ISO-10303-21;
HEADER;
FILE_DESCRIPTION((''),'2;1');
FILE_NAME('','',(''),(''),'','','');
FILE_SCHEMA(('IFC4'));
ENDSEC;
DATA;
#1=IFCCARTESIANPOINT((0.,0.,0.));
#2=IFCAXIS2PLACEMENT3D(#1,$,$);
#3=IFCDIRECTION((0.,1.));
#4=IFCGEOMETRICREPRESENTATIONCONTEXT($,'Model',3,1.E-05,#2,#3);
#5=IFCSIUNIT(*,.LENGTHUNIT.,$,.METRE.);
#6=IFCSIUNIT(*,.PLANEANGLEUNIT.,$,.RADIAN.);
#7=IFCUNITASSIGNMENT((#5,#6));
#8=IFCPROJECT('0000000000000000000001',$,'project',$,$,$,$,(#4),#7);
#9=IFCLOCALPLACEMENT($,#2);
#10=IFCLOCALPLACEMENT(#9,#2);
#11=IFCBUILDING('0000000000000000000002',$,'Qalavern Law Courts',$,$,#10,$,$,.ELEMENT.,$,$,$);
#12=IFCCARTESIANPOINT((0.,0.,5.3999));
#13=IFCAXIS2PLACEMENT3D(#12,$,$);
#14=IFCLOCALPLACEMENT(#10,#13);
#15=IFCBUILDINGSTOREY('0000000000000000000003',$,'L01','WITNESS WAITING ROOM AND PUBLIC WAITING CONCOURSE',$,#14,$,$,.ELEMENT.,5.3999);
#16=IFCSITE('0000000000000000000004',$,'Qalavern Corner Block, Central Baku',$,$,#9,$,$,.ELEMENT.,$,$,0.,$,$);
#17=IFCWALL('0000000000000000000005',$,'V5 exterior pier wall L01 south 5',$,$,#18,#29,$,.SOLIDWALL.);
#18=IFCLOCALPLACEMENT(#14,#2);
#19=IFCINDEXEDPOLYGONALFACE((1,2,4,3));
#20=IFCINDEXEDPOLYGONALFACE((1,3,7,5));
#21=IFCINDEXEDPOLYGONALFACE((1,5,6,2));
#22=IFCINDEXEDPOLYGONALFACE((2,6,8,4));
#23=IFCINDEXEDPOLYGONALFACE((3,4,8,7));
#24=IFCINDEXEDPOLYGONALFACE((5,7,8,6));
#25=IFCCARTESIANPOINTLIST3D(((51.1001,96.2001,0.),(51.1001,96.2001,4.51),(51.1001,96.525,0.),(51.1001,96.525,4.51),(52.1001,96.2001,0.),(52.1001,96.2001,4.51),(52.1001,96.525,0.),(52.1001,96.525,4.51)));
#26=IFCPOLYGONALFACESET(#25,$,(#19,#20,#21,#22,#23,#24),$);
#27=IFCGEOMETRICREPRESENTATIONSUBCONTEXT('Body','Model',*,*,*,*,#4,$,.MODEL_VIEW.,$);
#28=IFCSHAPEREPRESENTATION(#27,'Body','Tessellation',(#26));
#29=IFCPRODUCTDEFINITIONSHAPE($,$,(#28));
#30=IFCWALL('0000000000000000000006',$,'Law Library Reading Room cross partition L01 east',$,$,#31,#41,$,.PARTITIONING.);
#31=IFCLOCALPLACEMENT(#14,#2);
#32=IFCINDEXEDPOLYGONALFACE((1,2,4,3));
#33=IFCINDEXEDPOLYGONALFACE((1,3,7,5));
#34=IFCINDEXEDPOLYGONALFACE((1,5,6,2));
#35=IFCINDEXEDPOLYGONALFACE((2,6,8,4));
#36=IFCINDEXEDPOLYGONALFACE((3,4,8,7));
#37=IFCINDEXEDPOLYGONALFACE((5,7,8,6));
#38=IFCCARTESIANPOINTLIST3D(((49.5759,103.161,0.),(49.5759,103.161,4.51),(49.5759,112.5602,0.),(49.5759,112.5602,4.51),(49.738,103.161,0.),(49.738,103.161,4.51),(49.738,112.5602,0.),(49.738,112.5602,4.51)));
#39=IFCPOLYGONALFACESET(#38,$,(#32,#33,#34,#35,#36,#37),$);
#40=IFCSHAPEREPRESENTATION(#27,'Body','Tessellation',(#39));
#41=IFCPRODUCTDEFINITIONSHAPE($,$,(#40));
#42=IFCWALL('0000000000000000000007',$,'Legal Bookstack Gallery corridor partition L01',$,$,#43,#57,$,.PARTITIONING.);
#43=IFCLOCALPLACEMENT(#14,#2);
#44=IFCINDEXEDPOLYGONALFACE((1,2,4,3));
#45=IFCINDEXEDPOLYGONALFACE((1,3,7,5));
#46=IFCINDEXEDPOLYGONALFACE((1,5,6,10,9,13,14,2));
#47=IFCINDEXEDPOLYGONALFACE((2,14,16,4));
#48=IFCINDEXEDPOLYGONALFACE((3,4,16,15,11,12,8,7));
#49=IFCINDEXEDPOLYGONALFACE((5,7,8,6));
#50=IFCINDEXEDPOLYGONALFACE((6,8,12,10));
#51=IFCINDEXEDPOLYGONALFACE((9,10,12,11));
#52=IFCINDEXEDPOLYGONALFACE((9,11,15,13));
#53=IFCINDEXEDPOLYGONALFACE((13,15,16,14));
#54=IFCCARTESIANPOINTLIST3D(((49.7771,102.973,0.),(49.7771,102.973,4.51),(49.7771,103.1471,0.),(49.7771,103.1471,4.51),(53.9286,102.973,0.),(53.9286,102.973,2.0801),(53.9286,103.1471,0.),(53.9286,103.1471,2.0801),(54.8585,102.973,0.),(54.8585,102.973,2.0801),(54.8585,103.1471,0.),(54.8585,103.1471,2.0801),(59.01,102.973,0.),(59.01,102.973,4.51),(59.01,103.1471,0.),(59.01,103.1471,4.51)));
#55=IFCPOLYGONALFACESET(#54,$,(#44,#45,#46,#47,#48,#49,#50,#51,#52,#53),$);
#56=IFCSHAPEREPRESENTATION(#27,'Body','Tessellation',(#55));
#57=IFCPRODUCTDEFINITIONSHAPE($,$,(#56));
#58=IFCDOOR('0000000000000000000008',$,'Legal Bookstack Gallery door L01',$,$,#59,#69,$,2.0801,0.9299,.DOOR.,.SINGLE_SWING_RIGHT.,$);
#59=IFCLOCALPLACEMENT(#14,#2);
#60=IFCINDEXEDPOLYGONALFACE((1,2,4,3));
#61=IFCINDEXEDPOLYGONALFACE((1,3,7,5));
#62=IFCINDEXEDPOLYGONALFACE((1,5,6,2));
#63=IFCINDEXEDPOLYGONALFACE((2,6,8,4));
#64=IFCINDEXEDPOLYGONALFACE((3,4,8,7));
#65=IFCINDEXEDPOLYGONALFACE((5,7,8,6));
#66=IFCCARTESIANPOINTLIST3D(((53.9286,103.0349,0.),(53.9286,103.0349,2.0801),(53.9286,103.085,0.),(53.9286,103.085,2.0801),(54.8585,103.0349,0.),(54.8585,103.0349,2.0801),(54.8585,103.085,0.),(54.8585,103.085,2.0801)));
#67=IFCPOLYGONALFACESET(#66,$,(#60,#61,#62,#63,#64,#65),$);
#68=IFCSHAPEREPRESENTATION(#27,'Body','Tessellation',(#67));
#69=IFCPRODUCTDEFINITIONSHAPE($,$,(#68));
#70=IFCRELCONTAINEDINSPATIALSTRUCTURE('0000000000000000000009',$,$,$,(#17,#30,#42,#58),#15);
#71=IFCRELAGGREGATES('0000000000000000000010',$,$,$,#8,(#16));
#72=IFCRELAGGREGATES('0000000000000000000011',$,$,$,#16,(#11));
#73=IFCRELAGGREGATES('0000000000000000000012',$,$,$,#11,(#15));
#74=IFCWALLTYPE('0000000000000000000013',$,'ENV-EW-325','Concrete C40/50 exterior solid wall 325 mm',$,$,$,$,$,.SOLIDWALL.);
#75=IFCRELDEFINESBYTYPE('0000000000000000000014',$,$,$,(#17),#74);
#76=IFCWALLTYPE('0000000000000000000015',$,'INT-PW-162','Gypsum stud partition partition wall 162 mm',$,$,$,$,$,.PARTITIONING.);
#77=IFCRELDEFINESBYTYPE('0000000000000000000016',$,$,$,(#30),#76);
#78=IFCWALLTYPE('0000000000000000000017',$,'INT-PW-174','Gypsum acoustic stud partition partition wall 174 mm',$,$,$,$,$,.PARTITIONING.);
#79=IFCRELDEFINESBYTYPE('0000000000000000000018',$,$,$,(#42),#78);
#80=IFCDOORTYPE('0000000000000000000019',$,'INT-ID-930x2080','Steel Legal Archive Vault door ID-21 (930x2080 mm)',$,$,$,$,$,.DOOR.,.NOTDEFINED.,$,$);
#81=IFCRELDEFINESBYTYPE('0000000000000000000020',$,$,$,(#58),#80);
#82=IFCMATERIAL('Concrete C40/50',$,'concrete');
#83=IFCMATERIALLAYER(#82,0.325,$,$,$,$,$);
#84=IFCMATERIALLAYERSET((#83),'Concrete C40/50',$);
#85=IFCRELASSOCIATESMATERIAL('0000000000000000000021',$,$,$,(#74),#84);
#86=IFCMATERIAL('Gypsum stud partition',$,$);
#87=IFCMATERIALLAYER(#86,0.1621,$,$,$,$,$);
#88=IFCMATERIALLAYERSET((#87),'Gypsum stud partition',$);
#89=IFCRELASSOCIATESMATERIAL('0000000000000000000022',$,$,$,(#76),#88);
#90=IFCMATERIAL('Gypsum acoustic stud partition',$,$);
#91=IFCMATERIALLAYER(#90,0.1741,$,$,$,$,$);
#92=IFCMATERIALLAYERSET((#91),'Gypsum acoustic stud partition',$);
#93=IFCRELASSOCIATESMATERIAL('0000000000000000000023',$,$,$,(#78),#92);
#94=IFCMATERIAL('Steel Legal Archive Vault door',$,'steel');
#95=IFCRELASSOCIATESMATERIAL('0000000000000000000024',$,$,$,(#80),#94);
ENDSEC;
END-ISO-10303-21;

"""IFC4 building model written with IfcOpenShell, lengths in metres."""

from ifc_helpers import new_model, si_unit, direction, frame, frame_2d, origin, place, context, subcontext, project, spatial, rectangle, extrude, material, layer, layer_set, type_object, element, fill, save


model = new_model("IFC4")

# Units and contexts
model_context = context("Model", 3, precision=1e-05, world=origin(), true_north=direction((0.0, 1.0)))
body_context = subcontext(model_context, "Body", "Model", "MODEL_VIEW")
ifc_project = project(units=[si_unit("LENGTHUNIT", "METRE"), si_unit("PLANEANGLEUNIT", "RADIAN")], contexts=[model_context])

# Site, building, storey
site_placement = place(None, origin())
site = spatial("IfcSite", under=ifc_project, at=site_placement, Name="Qalavern Corner Block, Central Baku", CompositionType="ELEMENT", RefElevation=0.0)
building_placement = place(site_placement, origin())
building = spatial("IfcBuilding", under=site, at=building_placement, Name="Qalavern Law Courts", CompositionType="ELEMENT")
storey_placement = place(building_placement, frame((0.0, 0.0, 5.3999)))
storey = spatial("IfcBuildingStorey", under=building, at=storey_placement, Name="L01", Description="WITNESS WAITING ROOM AND PUBLIC WAITING CONCOURSE", CompositionType="ELEMENT", Elevation=5.3999)

# Shared definitions
ifc_material_1 = material(Name="Concrete C40/50", Category="concrete")

# Walls
ifc_layer_1 = layer(ifc_material_1, 0.325)
ifc_layer_set_1 = layer_set([ifc_layer_1], Name="Concrete C40/50")
wall_type_1 = type_object("IfcWallType", Name="ENV-EW-325", Description="Concrete C40/50 exterior solid wall 325 mm", PredefinedType="SOLIDWALL", material=ifc_layer_set_1)
wall_1_placement = place(storey_placement, frame((51.1001, 96.3625, 0.0), z_axis=(0.0, 0.0, 1.0), x_axis=(1.0, 0.0, 0.0)))
element("IfcWall", 1, at=wall_1_placement, inside=storey, type_object=wall_type_1, Name="V5 exterior pier wall L01 south 5", PredefinedType="SOLIDWALL", context=body_context, shape_type="SweptSolid", body=[
    extrude(rectangle(XDim=1.0, YDim=0.325, at=frame_2d((0.5, 0.0))), origin(), (0.0, 0.0, 1.0), 4.51),
])
ifc_material_2 = material(Name="Gypsum stud partition")
ifc_layer_2 = layer(ifc_material_2, 0.1621)
ifc_layer_set_2 = layer_set([ifc_layer_2], Name="Gypsum stud partition")
wall_type_2 = type_object("IfcWallType", Name="INT-PW-162", Description="Gypsum stud partition partition wall 162 mm", PredefinedType="PARTITIONING", material=ifc_layer_set_2)
wall_2_placement = place(storey_placement, frame((49.657, 103.1609, 0.0), z_axis=(0.0, 0.0, 1.0), x_axis=(0.0, 1.0, 0.0)))
element("IfcWall", 2, at=wall_2_placement, inside=storey, type_object=wall_type_2, Name="Law Library Reading Room cross partition L01 east", PredefinedType="PARTITIONING", context=body_context, shape_type="SweptSolid", body=[
    extrude(rectangle(XDim=9.3992, YDim=0.1621, at=frame_2d((4.6997, 0.0))), origin(), (0.0, 0.0, 1.0), 4.51),
])

# Wall, opening, door
ifc_material_3 = material(Name="Gypsum acoustic stud partition")
ifc_layer_3 = layer(ifc_material_3, 0.1741)
ifc_layer_set_3 = layer_set([ifc_layer_3], Name="Gypsum acoustic stud partition")
wall_type_3 = type_object("IfcWallType", Name="INT-PW-174", Description="Gypsum acoustic stud partition partition wall 174 mm", PredefinedType="PARTITIONING", material=ifc_layer_set_3)
wall_3_placement = place(storey_placement, frame((49.7771, 103.0601, 0.0), z_axis=(0.0, 0.0, 1.0), x_axis=(1.0, 0.0, 0.0)))
wall_3 = element("IfcWall", 3, at=wall_3_placement, inside=storey, type_object=wall_type_3, Name="Legal Bookstack Gallery corridor partition L01", PredefinedType="PARTITIONING", context=body_context, shape_type="SweptSolid", body=[
    extrude(rectangle(XDim=9.2329, YDim=0.1741, at=frame_2d((4.6165, 0.0))), origin(), (0.0, 0.0, 1.0), 4.51),
])
opening_placement = place(wall_3_placement, frame((4.1516, 0.0, 0.0)))
opening = element("IfcOpeningElement", 4, at=opening_placement, cuts=wall_3, PredefinedType="OPENING", context=body_context, shape_type="SweptSolid", body=[
    extrude(rectangle(XDim=0.9299, YDim=2.0801, at=frame_2d((0.4648, 1.04))), frame((0.0, 0.1021, 0.0), z_axis=(0.0, -1.0, 0.0), x_axis=(1.0, 0.0, 0.0)), (0.0, 0.0, 1.0), 0.2039),
])
ifc_material_4 = material(Name="Steel Legal Archive Vault door", Category="steel")
door_type = type_object("IfcDoorType", Name="INT-ID-930x2080", Description="Steel Legal Archive Vault door ID-21 (930x2080 mm)", OperationType="NOTDEFINED", PredefinedType="DOOR", material=ifc_material_4)
door_placement = place(opening_placement, origin())
door = element("IfcDoor", 5, at=door_placement, inside=storey, type_object=door_type, Name="Legal Bookstack Gallery door L01", OperationType="SINGLE_SWING_RIGHT", OverallHeight=2.0801, OverallWidth=0.9299, PredefinedType="DOOR", context=body_context, shape_type="SweptSolid", body=[
    extrude(rectangle(XDim=0.9299, YDim=2.0801, at=frame_2d((0.4648, 1.04))), frame((0.0, 0.0249, 0.0), z_axis=(0.0, -1.0, 0.0), x_axis=(1.0, 0.0, 0.0)), (0.0, 0.0, 1.0), 0.05),
])
fill(opening, door)

save(model, "model.ifc")
